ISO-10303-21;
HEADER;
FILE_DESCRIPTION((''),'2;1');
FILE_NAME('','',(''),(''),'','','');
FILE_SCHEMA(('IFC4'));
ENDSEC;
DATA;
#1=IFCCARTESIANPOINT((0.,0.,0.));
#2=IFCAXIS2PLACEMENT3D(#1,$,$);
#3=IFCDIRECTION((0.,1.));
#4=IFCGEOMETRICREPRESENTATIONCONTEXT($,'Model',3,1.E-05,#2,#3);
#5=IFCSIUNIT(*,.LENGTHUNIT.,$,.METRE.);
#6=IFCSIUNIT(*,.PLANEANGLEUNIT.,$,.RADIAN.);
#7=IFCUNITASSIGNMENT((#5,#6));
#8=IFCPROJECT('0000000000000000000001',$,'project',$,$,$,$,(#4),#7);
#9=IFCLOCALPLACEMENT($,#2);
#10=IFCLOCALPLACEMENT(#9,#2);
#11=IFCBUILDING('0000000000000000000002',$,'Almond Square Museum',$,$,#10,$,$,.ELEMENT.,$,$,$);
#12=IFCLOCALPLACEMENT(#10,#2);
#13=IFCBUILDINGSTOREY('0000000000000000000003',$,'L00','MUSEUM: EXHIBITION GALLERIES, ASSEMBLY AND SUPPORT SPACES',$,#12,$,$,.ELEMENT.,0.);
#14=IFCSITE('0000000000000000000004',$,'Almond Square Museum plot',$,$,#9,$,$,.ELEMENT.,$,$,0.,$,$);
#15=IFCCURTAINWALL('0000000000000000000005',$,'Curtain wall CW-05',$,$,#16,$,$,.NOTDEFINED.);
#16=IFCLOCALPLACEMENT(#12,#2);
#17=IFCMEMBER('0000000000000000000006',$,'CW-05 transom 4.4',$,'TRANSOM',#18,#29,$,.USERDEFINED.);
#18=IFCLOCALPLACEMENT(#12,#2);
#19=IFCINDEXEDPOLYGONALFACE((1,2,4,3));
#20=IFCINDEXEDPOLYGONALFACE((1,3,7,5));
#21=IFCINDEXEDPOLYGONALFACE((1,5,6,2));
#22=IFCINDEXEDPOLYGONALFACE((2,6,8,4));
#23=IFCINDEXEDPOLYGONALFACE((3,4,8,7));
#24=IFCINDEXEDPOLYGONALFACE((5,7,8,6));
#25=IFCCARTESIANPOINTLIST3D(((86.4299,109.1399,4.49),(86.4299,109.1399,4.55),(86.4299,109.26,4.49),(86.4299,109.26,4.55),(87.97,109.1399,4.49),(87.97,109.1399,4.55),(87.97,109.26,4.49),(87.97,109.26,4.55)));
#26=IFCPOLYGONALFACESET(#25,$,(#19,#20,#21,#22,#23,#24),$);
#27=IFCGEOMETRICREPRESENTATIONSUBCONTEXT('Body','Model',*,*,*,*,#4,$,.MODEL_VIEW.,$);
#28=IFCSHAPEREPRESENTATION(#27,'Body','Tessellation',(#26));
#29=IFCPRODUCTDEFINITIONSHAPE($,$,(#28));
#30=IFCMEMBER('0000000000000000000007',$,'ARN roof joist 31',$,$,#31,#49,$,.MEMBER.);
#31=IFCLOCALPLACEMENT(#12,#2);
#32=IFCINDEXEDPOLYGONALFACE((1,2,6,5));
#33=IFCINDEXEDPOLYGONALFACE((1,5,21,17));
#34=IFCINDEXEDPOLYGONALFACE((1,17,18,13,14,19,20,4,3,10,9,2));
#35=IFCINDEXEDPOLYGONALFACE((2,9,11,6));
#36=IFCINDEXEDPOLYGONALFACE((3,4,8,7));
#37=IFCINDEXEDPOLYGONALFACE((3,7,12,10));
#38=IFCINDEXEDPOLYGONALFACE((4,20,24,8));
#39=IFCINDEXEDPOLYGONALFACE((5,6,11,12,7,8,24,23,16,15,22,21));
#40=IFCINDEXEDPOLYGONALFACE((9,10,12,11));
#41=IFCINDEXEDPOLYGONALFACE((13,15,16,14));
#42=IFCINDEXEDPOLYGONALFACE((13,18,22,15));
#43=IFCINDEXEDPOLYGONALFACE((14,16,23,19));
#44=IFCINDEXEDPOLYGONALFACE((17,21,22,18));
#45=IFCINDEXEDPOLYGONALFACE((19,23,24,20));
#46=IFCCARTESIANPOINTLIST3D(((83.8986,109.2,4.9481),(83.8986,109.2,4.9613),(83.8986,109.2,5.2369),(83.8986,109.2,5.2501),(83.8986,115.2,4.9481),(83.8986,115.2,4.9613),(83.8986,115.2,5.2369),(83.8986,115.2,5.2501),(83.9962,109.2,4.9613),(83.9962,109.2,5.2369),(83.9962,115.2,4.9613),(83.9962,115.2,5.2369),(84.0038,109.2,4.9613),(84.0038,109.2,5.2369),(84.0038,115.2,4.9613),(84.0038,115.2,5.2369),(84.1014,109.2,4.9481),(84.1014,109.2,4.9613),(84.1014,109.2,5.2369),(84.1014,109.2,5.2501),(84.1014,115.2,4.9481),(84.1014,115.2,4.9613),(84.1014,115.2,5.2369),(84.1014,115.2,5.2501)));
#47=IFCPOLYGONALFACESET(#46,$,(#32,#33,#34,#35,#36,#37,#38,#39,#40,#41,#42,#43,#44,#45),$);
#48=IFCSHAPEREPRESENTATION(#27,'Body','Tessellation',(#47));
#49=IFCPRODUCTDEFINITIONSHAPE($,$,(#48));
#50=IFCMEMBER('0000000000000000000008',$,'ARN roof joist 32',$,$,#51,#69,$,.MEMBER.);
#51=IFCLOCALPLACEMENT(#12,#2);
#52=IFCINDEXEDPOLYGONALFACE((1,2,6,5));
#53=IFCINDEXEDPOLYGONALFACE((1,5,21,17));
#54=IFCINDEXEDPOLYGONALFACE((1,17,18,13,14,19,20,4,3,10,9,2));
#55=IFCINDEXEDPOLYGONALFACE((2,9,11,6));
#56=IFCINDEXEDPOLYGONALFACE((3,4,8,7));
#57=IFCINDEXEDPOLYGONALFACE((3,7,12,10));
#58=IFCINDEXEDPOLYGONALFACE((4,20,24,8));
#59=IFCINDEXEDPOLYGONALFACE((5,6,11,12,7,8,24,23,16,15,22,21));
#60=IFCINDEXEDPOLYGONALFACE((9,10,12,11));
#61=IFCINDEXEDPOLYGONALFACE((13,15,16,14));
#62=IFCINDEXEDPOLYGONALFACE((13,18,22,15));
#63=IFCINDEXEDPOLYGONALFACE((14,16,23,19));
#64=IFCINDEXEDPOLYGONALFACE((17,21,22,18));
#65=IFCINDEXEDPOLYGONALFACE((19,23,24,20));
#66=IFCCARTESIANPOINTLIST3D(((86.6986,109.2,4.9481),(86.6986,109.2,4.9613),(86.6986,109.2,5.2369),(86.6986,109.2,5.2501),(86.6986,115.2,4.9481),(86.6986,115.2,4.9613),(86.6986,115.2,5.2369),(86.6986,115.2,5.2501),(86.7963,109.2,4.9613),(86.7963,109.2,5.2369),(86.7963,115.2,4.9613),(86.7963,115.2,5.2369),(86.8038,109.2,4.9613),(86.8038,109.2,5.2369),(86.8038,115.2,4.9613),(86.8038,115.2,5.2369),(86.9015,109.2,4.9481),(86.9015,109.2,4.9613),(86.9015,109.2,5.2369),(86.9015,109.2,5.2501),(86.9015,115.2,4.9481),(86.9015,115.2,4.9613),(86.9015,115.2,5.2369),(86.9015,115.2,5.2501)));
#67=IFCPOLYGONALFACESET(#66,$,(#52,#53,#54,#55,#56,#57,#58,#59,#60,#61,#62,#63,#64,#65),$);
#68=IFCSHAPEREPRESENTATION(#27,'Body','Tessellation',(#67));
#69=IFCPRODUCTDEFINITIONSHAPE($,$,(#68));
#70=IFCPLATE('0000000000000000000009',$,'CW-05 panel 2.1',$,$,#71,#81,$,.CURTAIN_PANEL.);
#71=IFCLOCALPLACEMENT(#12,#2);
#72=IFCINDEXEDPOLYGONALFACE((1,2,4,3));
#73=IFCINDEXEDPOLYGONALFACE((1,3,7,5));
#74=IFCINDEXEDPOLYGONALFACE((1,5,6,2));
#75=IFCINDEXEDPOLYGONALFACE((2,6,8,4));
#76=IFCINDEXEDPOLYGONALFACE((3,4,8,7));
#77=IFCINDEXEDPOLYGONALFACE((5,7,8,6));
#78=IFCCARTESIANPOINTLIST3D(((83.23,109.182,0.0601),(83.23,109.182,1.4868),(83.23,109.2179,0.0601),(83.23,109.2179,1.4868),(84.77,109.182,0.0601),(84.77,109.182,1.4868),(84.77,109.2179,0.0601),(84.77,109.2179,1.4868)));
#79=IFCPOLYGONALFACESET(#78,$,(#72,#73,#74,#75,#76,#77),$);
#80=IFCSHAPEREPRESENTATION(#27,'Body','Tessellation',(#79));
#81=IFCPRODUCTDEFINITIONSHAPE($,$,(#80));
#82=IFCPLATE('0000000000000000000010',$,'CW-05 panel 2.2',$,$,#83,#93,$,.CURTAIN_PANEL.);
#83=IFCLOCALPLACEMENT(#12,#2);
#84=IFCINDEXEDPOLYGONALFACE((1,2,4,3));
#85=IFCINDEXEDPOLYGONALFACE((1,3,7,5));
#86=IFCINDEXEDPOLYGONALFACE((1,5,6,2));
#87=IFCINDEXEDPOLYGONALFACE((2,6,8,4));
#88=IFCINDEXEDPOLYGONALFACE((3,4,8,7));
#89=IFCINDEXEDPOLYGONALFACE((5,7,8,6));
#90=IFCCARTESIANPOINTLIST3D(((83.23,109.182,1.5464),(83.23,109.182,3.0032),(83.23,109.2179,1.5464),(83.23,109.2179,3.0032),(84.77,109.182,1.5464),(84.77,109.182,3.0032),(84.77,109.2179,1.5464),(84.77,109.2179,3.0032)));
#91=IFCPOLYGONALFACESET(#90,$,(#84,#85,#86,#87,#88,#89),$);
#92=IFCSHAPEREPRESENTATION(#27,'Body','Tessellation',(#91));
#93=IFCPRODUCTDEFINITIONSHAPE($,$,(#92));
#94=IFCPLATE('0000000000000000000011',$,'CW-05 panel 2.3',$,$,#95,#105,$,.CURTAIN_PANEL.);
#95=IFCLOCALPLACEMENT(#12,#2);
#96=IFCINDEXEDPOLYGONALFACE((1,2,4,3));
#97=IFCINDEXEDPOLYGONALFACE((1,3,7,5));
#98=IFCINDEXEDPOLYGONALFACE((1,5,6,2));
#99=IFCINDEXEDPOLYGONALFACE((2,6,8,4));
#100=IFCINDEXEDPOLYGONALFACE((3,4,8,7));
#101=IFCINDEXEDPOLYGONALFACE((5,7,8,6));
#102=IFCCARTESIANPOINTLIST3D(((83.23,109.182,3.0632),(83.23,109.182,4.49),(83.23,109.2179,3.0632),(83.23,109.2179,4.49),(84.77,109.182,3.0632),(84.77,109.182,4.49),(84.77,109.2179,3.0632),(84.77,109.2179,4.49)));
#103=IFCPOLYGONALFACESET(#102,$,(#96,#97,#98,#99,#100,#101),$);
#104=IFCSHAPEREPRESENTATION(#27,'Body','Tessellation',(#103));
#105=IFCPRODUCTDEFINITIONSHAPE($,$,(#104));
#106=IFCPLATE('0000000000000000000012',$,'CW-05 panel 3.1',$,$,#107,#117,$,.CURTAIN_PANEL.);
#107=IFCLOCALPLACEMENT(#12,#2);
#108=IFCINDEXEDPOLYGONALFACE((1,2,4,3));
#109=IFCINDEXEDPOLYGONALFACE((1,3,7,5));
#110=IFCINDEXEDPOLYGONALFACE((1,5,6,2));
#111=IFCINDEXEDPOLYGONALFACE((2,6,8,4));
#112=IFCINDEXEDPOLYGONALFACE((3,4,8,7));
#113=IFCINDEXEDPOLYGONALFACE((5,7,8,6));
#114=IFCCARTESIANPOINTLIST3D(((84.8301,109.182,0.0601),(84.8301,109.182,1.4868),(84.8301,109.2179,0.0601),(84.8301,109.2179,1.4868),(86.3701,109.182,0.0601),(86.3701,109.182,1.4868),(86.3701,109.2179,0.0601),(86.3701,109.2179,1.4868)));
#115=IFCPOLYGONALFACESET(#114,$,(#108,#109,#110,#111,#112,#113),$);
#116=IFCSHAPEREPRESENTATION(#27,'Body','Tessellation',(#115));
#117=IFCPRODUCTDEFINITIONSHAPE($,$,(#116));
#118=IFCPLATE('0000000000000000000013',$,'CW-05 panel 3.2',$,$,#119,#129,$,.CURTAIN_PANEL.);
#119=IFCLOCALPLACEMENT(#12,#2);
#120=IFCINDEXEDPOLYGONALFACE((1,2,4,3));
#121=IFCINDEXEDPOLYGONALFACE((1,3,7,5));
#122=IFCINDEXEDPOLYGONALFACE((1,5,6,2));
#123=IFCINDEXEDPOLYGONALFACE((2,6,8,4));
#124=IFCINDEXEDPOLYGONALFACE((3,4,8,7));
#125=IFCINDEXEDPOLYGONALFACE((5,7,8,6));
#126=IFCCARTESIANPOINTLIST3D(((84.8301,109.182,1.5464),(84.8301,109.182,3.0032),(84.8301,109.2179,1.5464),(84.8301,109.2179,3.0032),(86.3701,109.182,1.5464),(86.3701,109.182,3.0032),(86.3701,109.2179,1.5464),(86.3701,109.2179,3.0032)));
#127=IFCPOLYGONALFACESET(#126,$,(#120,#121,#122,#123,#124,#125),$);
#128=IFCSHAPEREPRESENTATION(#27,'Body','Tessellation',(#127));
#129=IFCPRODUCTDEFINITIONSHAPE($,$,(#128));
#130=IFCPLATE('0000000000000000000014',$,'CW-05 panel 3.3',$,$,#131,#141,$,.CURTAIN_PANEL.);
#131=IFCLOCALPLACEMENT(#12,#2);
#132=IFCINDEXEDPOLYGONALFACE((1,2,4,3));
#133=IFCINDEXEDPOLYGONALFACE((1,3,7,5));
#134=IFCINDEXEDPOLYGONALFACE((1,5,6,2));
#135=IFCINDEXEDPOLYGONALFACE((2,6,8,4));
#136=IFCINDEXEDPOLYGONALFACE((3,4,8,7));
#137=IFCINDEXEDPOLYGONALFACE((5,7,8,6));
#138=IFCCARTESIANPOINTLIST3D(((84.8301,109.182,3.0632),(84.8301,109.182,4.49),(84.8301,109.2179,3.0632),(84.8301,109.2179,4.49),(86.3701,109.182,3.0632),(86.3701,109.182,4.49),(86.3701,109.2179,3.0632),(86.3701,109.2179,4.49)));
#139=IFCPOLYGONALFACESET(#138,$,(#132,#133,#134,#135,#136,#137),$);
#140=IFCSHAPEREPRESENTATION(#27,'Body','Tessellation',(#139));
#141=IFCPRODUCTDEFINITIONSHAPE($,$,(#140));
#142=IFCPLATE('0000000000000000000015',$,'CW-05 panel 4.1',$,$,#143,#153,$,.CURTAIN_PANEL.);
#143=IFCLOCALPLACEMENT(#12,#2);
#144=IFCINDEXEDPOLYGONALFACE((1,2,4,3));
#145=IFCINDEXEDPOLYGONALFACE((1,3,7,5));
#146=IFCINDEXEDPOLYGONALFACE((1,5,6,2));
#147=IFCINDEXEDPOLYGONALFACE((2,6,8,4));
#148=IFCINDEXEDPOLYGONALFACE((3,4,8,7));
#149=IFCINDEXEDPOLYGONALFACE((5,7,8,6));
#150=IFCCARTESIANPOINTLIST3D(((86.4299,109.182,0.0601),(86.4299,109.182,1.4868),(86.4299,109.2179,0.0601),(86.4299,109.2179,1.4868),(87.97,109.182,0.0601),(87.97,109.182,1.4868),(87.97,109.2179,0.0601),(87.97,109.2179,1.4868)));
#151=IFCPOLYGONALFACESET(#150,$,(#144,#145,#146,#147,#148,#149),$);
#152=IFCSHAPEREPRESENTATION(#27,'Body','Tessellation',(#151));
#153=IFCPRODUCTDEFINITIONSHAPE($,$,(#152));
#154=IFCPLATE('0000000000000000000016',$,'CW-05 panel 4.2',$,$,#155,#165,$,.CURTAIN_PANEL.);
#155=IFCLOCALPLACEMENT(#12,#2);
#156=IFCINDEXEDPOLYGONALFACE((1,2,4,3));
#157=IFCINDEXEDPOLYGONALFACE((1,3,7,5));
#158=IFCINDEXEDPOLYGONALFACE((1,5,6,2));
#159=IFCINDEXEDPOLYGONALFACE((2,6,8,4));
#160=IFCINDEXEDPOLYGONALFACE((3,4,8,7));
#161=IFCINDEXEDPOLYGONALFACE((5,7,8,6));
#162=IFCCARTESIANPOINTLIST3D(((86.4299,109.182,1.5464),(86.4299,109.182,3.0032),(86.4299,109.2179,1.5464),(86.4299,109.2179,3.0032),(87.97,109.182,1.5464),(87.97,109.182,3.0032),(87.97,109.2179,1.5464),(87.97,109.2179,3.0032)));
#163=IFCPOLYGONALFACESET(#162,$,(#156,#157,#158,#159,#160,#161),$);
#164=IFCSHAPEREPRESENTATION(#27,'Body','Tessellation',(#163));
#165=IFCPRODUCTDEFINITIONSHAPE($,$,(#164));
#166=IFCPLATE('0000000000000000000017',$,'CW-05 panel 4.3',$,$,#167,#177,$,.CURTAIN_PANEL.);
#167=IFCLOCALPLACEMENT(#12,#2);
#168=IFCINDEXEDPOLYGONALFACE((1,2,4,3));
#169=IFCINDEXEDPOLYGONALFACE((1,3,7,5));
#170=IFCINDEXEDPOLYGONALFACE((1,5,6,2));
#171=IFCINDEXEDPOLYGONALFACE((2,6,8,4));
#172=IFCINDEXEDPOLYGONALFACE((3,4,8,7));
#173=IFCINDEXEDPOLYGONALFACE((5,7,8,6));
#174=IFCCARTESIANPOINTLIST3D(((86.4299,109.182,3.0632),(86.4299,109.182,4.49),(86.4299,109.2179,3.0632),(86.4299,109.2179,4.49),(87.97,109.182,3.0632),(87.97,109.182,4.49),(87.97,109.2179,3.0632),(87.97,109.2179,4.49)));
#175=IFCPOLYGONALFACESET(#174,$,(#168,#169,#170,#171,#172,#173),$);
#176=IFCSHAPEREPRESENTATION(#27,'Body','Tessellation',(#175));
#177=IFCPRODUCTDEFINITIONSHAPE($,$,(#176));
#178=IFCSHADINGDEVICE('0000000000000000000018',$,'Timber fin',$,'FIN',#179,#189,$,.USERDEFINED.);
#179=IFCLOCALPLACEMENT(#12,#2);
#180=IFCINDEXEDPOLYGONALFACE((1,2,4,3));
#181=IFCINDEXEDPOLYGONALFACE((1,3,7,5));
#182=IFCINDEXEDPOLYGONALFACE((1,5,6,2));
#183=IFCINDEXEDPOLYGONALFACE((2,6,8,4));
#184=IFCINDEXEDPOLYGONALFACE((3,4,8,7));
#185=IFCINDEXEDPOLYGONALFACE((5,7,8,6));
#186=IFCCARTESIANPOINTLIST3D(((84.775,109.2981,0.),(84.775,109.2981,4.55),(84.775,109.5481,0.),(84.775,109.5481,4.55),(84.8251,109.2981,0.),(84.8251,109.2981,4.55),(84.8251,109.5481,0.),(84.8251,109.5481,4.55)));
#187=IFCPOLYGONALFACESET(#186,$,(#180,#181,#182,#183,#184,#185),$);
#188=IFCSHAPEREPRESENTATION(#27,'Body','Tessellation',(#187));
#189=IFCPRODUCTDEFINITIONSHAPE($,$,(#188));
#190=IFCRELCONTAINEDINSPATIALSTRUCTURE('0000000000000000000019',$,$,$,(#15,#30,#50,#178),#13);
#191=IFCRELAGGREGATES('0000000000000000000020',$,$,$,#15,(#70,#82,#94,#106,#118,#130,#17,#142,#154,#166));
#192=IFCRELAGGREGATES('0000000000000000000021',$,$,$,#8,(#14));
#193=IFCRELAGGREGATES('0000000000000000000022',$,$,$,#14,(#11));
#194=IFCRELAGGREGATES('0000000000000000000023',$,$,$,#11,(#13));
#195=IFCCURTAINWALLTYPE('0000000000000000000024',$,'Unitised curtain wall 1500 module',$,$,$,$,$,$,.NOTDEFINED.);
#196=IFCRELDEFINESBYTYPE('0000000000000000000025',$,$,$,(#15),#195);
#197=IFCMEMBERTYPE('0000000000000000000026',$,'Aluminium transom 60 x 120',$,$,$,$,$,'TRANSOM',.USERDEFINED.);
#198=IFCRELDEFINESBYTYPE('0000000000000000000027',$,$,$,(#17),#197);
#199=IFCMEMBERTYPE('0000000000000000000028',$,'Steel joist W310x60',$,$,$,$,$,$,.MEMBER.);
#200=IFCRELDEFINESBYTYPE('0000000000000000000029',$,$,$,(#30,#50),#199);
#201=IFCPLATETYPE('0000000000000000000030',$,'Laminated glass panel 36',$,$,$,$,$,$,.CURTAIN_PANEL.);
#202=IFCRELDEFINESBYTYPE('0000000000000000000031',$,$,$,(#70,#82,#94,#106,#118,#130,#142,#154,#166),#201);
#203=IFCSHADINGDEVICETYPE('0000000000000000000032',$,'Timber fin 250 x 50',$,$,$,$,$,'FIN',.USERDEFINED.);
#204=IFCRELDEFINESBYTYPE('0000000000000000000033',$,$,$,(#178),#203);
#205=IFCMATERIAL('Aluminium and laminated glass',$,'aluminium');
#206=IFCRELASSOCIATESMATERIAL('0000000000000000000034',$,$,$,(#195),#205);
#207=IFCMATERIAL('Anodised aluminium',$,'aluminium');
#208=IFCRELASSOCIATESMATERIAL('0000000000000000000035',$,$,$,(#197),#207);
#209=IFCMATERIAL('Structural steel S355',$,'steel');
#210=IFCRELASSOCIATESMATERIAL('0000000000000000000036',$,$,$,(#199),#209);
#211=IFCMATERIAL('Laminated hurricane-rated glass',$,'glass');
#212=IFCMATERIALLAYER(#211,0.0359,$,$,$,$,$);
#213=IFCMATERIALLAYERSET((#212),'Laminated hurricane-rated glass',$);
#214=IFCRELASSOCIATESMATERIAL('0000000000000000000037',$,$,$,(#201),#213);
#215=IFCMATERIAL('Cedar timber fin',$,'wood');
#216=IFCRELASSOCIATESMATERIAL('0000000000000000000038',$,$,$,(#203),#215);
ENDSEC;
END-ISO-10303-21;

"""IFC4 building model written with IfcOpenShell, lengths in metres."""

from ifc_helpers import new_model, si_unit, direction, frame, origin, origin_2d, place, context, subcontext, project, spatial, rectangle, i_section, extrude, material, layer, layer_set, material_profile, profile_set, type_object, element, aggregate, save


model = new_model("IFC4")

# Units and contexts
model_context = context("Model", 3, precision=1e-05, world=origin(), true_north=direction((0.0, 1.0)))
body_context = subcontext(model_context, "Body", "Model", "MODEL_VIEW")
ifc_project = project(units=[si_unit("LENGTHUNIT", "METRE"), si_unit("PLANEANGLEUNIT", "RADIAN")], contexts=[model_context])

# Site, building, storey
site_placement = place(None, origin())
site = spatial("IfcSite", under=ifc_project, at=site_placement, Name="Almond Square Museum plot", CompositionType="ELEMENT", RefElevation=0.0)
building_placement = place(site_placement, origin())
building = spatial("IfcBuilding", under=site, at=building_placement, Name="Almond Square Museum", CompositionType="ELEMENT")
storey_placement = place(building_placement, origin())
storey = spatial("IfcBuildingStorey", under=building, at=storey_placement, Name="L00", Description="MUSEUM: EXHIBITION GALLERIES, ASSEMBLY AND SUPPORT SPACES", CompositionType="ELEMENT", Elevation=0.0)

# Curtain wall, member
ifc_material_1 = material(Name="Aluminium and laminated glass", Category="aluminium")
curtain_wall_type = type_object("IfcCurtainWallType", Name="Unitised curtain wall 1500 module", PredefinedType="NOTDEFINED", material=ifc_material_1)
curtain_wall_placement = place(storey_placement, origin())
curtain_wall = element("IfcCurtainWall", 1, at=curtain_wall_placement, inside=storey, type_object=curtain_wall_type, Name="Curtain wall CW-05", PredefinedType="NOTDEFINED")
ifc_material_2 = material(Name="Anodised aluminium", Category="aluminium")
ifc_material_profile_1 = material_profile(ifc_material_2, rectangle(XDim=0.1201, YDim=0.0601, at=origin_2d()))
ifc_profile_set_1 = profile_set([ifc_material_profile_1], Name="Anodised aluminium")
member_type_1 = type_object("IfcMemberType", Name="Aluminium transom 60 x 120", ElementType="TRANSOM", PredefinedType="USERDEFINED", material=ifc_profile_set_1)
member_1_placement = place(storey_placement, frame((86.4299, 109.2, 4.52), z_axis=(1.0, 0.0, 0.0), x_axis=(0.0, 1.0, 0.0)))
member_1 = element("IfcMember", 2, at=member_1_placement, type_object=member_type_1, Name="CW-05 transom 4.4", ObjectType="TRANSOM", PredefinedType="USERDEFINED", context=body_context, shape_type="SweptSolid", body=[
    extrude(rectangle(XDim=0.1201, YDim=0.0601, at=origin_2d()), origin(), (0.0, 0.0, 1.0), 1.54),
])

# Members
ifc_material_3 = material(Name="Structural steel S355", Category="steel")
ifc_material_profile_2 = material_profile(ifc_material_3, i_section(OverallWidth=0.2029, OverallDepth=0.302, WebThickness=0.0076, FlangeThickness=0.0132, at=origin_2d()))
ifc_profile_set_2 = profile_set([ifc_material_profile_2], Name="Structural steel S355")
member_type_2 = type_object("IfcMemberType", Name="Steel joist W310x60", PredefinedType="MEMBER", material=ifc_profile_set_2)
for number, where, z_axis, x_axis, name in (
    (3, (84.0, 109.2, 5.0991), (0.0, 1.0, 0.0), (-1.0, 0.0, 0.0), "ARN roof joist 31"),
    (4, (86.8, 109.2, 5.0991), (0.0, 1.0, 0.0), (-1.0, 0.0, 0.0), "ARN roof joist 32"),
):
    element("IfcMember", number, at=place(storey_placement, frame(where, z_axis=z_axis, x_axis=x_axis)), inside=storey, type_object=member_type_2, Name=name, PredefinedType="MEMBER", context=body_context, shape_type="SweptSolid", body=[
        extrude(i_section(OverallWidth=0.2029, OverallDepth=0.302, WebThickness=0.0076, FlangeThickness=0.0132, at=origin_2d()), origin(), (0.0, 0.0, 1.0), 6.0),
    ])

# Plates
ifc_material_4 = material(Name="Laminated hurricane-rated glass", Category="glass")
ifc_layer = layer(ifc_material_4, 0.0359)
ifc_layer_set = layer_set([ifc_layer], Name="Laminated hurricane-rated glass")
plate_type = type_object("IfcPlateType", Name="Laminated glass panel 36", PredefinedType="CURTAIN_PANEL", material=ifc_layer_set)
plate_1_placement = place(storey_placement, frame((84.0, 109.2, 0.0601), z_axis=(0.0, 0.0, 1.0), x_axis=(1.0, 0.0, 0.0)))
plate_1 = element("IfcPlate", 5, at=plate_1_placement, type_object=plate_type, Name="CW-05 panel 2.1", PredefinedType="CURTAIN_PANEL", context=body_context, shape_type="SweptSolid", body=[
    extrude(rectangle(XDim=1.54, YDim=0.0359, at=origin_2d()), origin(), (0.0, 0.0, 1.0), 1.4268),
])
plate_2_placement = place(storey_placement, frame((84.0, 109.2, 1.5464), z_axis=(0.0, 0.0, 1.0), x_axis=(1.0, 0.0, 0.0)))
plate_2 = element("IfcPlate", 6, at=plate_2_placement, type_object=plate_type, Name="CW-05 panel 2.2", PredefinedType="CURTAIN_PANEL", context=body_context, shape_type="SweptSolid", body=[
    extrude(rectangle(XDim=1.54, YDim=0.0359, at=origin_2d()), origin(), (0.0, 0.0, 1.0), 1.4568),
])
plate_3_placement = place(storey_placement, frame((84.0, 109.2, 3.0632), z_axis=(0.0, 0.0, 1.0), x_axis=(1.0, 0.0, 0.0)))
plate_3 = element("IfcPlate", 7, at=plate_3_placement, type_object=plate_type, Name="CW-05 panel 2.3", PredefinedType="CURTAIN_PANEL", context=body_context, shape_type="SweptSolid", body=[
    extrude(rectangle(XDim=1.54, YDim=0.0359, at=origin_2d()), origin(), (0.0, 0.0, 1.0), 1.4268),
])
plate_4_placement = place(storey_placement, frame((85.6001, 109.2, 0.0601), z_axis=(0.0, 0.0, 1.0), x_axis=(1.0, 0.0, 0.0)))
plate_4 = element("IfcPlate", 8, at=plate_4_placement, type_object=plate_type, Name="CW-05 panel 3.1", PredefinedType="CURTAIN_PANEL", context=body_context, shape_type="SweptSolid", body=[
    extrude(rectangle(XDim=1.54, YDim=0.0359, at=origin_2d()), origin(), (0.0, 0.0, 1.0), 1.4268),
])
plate_5_placement = place(storey_placement, frame((85.6001, 109.2, 1.5464), z_axis=(0.0, 0.0, 1.0), x_axis=(1.0, 0.0, 0.0)))
plate_5 = element("IfcPlate", 9, at=plate_5_placement, type_object=plate_type, Name="CW-05 panel 3.2", PredefinedType="CURTAIN_PANEL", context=body_context, shape_type="SweptSolid", body=[
    extrude(rectangle(XDim=1.54, YDim=0.0359, at=origin_2d()), origin(), (0.0, 0.0, 1.0), 1.4568),
])
plate_6_placement = place(storey_placement, frame((85.6001, 109.2, 3.0632), z_axis=(0.0, 0.0, 1.0), x_axis=(1.0, 0.0, 0.0)))
plate_6 = element("IfcPlate", 10, at=plate_6_placement, type_object=plate_type, Name="CW-05 panel 3.3", PredefinedType="CURTAIN_PANEL", context=body_context, shape_type="SweptSolid", body=[
    extrude(rectangle(XDim=1.54, YDim=0.0359, at=origin_2d()), origin(), (0.0, 0.0, 1.0), 1.4268),
])
plate_7_placement = place(storey_placement, frame((87.2, 109.2, 0.0601), z_axis=(0.0, 0.0, 1.0), x_axis=(1.0, 0.0, 0.0)))
plate_7 = element("IfcPlate", 11, at=plate_7_placement, type_object=plate_type, Name="CW-05 panel 4.1", PredefinedType="CURTAIN_PANEL", context=body_context, shape_type="SweptSolid", body=[
    extrude(rectangle(XDim=1.54, YDim=0.0359, at=origin_2d()), origin(), (0.0, 0.0, 1.0), 1.4268),
])
plate_8_placement = place(storey_placement, frame((87.2, 109.2, 1.5464), z_axis=(0.0, 0.0, 1.0), x_axis=(1.0, 0.0, 0.0)))
plate_8 = element("IfcPlate", 12, at=plate_8_placement, type_object=plate_type, Name="CW-05 panel 4.2", PredefinedType="CURTAIN_PANEL", context=body_context, shape_type="SweptSolid", body=[
    extrude(rectangle(XDim=1.54, YDim=0.0359, at=origin_2d()), origin(), (0.0, 0.0, 1.0), 1.4568),
])
plate_9_placement = place(storey_placement, frame((87.2, 109.2, 3.0632), z_axis=(0.0, 0.0, 1.0), x_axis=(1.0, 0.0, 0.0)))
plate_9 = element("IfcPlate", 13, at=plate_9_placement, type_object=plate_type, Name="CW-05 panel 4.3", PredefinedType="CURTAIN_PANEL", context=body_context, shape_type="SweptSolid", body=[
    extrude(rectangle(XDim=1.54, YDim=0.0359, at=origin_2d()), origin(), (0.0, 0.0, 1.0), 1.4268),
])
aggregate(curtain_wall, [plate_1, plate_2, plate_3, plate_4, plate_5, plate_6, member_1, plate_7, plate_8, plate_9])

# Shading device
ifc_material_5 = material(Name="Cedar timber fin", Category="wood")
ifc_material_profile_3 = material_profile(ifc_material_5, rectangle(XDim=0.25, YDim=0.05, at=origin_2d()))
ifc_profile_set_3 = profile_set([ifc_material_profile_3], Name="Cedar timber fin")
shading_device_type = type_object("IfcShadingDeviceType", Name="Timber fin 250 x 50", ElementType="FIN", PredefinedType="USERDEFINED", material=ifc_profile_set_3)
for number, where, z_axis, x_axis, name in (
    (14, (84.8, 109.4231, 0.0), (0.0, 0.0, 1.0), (0.0, 1.0, 0.0), "Timber fin"),
):
    element("IfcShadingDevice", number, at=place(storey_placement, frame(where, z_axis=z_axis, x_axis=x_axis)), inside=storey, type_object=shading_device_type, Name=name, ObjectType="FIN", PredefinedType="USERDEFINED", context=body_context, shape_type="SweptSolid", body=[
        extrude(rectangle(XDim=0.25, YDim=0.05, at=origin_2d()), origin(), (0.0, 0.0, 1.0), 4.55),
    ])

save(model, "model.ifc")
